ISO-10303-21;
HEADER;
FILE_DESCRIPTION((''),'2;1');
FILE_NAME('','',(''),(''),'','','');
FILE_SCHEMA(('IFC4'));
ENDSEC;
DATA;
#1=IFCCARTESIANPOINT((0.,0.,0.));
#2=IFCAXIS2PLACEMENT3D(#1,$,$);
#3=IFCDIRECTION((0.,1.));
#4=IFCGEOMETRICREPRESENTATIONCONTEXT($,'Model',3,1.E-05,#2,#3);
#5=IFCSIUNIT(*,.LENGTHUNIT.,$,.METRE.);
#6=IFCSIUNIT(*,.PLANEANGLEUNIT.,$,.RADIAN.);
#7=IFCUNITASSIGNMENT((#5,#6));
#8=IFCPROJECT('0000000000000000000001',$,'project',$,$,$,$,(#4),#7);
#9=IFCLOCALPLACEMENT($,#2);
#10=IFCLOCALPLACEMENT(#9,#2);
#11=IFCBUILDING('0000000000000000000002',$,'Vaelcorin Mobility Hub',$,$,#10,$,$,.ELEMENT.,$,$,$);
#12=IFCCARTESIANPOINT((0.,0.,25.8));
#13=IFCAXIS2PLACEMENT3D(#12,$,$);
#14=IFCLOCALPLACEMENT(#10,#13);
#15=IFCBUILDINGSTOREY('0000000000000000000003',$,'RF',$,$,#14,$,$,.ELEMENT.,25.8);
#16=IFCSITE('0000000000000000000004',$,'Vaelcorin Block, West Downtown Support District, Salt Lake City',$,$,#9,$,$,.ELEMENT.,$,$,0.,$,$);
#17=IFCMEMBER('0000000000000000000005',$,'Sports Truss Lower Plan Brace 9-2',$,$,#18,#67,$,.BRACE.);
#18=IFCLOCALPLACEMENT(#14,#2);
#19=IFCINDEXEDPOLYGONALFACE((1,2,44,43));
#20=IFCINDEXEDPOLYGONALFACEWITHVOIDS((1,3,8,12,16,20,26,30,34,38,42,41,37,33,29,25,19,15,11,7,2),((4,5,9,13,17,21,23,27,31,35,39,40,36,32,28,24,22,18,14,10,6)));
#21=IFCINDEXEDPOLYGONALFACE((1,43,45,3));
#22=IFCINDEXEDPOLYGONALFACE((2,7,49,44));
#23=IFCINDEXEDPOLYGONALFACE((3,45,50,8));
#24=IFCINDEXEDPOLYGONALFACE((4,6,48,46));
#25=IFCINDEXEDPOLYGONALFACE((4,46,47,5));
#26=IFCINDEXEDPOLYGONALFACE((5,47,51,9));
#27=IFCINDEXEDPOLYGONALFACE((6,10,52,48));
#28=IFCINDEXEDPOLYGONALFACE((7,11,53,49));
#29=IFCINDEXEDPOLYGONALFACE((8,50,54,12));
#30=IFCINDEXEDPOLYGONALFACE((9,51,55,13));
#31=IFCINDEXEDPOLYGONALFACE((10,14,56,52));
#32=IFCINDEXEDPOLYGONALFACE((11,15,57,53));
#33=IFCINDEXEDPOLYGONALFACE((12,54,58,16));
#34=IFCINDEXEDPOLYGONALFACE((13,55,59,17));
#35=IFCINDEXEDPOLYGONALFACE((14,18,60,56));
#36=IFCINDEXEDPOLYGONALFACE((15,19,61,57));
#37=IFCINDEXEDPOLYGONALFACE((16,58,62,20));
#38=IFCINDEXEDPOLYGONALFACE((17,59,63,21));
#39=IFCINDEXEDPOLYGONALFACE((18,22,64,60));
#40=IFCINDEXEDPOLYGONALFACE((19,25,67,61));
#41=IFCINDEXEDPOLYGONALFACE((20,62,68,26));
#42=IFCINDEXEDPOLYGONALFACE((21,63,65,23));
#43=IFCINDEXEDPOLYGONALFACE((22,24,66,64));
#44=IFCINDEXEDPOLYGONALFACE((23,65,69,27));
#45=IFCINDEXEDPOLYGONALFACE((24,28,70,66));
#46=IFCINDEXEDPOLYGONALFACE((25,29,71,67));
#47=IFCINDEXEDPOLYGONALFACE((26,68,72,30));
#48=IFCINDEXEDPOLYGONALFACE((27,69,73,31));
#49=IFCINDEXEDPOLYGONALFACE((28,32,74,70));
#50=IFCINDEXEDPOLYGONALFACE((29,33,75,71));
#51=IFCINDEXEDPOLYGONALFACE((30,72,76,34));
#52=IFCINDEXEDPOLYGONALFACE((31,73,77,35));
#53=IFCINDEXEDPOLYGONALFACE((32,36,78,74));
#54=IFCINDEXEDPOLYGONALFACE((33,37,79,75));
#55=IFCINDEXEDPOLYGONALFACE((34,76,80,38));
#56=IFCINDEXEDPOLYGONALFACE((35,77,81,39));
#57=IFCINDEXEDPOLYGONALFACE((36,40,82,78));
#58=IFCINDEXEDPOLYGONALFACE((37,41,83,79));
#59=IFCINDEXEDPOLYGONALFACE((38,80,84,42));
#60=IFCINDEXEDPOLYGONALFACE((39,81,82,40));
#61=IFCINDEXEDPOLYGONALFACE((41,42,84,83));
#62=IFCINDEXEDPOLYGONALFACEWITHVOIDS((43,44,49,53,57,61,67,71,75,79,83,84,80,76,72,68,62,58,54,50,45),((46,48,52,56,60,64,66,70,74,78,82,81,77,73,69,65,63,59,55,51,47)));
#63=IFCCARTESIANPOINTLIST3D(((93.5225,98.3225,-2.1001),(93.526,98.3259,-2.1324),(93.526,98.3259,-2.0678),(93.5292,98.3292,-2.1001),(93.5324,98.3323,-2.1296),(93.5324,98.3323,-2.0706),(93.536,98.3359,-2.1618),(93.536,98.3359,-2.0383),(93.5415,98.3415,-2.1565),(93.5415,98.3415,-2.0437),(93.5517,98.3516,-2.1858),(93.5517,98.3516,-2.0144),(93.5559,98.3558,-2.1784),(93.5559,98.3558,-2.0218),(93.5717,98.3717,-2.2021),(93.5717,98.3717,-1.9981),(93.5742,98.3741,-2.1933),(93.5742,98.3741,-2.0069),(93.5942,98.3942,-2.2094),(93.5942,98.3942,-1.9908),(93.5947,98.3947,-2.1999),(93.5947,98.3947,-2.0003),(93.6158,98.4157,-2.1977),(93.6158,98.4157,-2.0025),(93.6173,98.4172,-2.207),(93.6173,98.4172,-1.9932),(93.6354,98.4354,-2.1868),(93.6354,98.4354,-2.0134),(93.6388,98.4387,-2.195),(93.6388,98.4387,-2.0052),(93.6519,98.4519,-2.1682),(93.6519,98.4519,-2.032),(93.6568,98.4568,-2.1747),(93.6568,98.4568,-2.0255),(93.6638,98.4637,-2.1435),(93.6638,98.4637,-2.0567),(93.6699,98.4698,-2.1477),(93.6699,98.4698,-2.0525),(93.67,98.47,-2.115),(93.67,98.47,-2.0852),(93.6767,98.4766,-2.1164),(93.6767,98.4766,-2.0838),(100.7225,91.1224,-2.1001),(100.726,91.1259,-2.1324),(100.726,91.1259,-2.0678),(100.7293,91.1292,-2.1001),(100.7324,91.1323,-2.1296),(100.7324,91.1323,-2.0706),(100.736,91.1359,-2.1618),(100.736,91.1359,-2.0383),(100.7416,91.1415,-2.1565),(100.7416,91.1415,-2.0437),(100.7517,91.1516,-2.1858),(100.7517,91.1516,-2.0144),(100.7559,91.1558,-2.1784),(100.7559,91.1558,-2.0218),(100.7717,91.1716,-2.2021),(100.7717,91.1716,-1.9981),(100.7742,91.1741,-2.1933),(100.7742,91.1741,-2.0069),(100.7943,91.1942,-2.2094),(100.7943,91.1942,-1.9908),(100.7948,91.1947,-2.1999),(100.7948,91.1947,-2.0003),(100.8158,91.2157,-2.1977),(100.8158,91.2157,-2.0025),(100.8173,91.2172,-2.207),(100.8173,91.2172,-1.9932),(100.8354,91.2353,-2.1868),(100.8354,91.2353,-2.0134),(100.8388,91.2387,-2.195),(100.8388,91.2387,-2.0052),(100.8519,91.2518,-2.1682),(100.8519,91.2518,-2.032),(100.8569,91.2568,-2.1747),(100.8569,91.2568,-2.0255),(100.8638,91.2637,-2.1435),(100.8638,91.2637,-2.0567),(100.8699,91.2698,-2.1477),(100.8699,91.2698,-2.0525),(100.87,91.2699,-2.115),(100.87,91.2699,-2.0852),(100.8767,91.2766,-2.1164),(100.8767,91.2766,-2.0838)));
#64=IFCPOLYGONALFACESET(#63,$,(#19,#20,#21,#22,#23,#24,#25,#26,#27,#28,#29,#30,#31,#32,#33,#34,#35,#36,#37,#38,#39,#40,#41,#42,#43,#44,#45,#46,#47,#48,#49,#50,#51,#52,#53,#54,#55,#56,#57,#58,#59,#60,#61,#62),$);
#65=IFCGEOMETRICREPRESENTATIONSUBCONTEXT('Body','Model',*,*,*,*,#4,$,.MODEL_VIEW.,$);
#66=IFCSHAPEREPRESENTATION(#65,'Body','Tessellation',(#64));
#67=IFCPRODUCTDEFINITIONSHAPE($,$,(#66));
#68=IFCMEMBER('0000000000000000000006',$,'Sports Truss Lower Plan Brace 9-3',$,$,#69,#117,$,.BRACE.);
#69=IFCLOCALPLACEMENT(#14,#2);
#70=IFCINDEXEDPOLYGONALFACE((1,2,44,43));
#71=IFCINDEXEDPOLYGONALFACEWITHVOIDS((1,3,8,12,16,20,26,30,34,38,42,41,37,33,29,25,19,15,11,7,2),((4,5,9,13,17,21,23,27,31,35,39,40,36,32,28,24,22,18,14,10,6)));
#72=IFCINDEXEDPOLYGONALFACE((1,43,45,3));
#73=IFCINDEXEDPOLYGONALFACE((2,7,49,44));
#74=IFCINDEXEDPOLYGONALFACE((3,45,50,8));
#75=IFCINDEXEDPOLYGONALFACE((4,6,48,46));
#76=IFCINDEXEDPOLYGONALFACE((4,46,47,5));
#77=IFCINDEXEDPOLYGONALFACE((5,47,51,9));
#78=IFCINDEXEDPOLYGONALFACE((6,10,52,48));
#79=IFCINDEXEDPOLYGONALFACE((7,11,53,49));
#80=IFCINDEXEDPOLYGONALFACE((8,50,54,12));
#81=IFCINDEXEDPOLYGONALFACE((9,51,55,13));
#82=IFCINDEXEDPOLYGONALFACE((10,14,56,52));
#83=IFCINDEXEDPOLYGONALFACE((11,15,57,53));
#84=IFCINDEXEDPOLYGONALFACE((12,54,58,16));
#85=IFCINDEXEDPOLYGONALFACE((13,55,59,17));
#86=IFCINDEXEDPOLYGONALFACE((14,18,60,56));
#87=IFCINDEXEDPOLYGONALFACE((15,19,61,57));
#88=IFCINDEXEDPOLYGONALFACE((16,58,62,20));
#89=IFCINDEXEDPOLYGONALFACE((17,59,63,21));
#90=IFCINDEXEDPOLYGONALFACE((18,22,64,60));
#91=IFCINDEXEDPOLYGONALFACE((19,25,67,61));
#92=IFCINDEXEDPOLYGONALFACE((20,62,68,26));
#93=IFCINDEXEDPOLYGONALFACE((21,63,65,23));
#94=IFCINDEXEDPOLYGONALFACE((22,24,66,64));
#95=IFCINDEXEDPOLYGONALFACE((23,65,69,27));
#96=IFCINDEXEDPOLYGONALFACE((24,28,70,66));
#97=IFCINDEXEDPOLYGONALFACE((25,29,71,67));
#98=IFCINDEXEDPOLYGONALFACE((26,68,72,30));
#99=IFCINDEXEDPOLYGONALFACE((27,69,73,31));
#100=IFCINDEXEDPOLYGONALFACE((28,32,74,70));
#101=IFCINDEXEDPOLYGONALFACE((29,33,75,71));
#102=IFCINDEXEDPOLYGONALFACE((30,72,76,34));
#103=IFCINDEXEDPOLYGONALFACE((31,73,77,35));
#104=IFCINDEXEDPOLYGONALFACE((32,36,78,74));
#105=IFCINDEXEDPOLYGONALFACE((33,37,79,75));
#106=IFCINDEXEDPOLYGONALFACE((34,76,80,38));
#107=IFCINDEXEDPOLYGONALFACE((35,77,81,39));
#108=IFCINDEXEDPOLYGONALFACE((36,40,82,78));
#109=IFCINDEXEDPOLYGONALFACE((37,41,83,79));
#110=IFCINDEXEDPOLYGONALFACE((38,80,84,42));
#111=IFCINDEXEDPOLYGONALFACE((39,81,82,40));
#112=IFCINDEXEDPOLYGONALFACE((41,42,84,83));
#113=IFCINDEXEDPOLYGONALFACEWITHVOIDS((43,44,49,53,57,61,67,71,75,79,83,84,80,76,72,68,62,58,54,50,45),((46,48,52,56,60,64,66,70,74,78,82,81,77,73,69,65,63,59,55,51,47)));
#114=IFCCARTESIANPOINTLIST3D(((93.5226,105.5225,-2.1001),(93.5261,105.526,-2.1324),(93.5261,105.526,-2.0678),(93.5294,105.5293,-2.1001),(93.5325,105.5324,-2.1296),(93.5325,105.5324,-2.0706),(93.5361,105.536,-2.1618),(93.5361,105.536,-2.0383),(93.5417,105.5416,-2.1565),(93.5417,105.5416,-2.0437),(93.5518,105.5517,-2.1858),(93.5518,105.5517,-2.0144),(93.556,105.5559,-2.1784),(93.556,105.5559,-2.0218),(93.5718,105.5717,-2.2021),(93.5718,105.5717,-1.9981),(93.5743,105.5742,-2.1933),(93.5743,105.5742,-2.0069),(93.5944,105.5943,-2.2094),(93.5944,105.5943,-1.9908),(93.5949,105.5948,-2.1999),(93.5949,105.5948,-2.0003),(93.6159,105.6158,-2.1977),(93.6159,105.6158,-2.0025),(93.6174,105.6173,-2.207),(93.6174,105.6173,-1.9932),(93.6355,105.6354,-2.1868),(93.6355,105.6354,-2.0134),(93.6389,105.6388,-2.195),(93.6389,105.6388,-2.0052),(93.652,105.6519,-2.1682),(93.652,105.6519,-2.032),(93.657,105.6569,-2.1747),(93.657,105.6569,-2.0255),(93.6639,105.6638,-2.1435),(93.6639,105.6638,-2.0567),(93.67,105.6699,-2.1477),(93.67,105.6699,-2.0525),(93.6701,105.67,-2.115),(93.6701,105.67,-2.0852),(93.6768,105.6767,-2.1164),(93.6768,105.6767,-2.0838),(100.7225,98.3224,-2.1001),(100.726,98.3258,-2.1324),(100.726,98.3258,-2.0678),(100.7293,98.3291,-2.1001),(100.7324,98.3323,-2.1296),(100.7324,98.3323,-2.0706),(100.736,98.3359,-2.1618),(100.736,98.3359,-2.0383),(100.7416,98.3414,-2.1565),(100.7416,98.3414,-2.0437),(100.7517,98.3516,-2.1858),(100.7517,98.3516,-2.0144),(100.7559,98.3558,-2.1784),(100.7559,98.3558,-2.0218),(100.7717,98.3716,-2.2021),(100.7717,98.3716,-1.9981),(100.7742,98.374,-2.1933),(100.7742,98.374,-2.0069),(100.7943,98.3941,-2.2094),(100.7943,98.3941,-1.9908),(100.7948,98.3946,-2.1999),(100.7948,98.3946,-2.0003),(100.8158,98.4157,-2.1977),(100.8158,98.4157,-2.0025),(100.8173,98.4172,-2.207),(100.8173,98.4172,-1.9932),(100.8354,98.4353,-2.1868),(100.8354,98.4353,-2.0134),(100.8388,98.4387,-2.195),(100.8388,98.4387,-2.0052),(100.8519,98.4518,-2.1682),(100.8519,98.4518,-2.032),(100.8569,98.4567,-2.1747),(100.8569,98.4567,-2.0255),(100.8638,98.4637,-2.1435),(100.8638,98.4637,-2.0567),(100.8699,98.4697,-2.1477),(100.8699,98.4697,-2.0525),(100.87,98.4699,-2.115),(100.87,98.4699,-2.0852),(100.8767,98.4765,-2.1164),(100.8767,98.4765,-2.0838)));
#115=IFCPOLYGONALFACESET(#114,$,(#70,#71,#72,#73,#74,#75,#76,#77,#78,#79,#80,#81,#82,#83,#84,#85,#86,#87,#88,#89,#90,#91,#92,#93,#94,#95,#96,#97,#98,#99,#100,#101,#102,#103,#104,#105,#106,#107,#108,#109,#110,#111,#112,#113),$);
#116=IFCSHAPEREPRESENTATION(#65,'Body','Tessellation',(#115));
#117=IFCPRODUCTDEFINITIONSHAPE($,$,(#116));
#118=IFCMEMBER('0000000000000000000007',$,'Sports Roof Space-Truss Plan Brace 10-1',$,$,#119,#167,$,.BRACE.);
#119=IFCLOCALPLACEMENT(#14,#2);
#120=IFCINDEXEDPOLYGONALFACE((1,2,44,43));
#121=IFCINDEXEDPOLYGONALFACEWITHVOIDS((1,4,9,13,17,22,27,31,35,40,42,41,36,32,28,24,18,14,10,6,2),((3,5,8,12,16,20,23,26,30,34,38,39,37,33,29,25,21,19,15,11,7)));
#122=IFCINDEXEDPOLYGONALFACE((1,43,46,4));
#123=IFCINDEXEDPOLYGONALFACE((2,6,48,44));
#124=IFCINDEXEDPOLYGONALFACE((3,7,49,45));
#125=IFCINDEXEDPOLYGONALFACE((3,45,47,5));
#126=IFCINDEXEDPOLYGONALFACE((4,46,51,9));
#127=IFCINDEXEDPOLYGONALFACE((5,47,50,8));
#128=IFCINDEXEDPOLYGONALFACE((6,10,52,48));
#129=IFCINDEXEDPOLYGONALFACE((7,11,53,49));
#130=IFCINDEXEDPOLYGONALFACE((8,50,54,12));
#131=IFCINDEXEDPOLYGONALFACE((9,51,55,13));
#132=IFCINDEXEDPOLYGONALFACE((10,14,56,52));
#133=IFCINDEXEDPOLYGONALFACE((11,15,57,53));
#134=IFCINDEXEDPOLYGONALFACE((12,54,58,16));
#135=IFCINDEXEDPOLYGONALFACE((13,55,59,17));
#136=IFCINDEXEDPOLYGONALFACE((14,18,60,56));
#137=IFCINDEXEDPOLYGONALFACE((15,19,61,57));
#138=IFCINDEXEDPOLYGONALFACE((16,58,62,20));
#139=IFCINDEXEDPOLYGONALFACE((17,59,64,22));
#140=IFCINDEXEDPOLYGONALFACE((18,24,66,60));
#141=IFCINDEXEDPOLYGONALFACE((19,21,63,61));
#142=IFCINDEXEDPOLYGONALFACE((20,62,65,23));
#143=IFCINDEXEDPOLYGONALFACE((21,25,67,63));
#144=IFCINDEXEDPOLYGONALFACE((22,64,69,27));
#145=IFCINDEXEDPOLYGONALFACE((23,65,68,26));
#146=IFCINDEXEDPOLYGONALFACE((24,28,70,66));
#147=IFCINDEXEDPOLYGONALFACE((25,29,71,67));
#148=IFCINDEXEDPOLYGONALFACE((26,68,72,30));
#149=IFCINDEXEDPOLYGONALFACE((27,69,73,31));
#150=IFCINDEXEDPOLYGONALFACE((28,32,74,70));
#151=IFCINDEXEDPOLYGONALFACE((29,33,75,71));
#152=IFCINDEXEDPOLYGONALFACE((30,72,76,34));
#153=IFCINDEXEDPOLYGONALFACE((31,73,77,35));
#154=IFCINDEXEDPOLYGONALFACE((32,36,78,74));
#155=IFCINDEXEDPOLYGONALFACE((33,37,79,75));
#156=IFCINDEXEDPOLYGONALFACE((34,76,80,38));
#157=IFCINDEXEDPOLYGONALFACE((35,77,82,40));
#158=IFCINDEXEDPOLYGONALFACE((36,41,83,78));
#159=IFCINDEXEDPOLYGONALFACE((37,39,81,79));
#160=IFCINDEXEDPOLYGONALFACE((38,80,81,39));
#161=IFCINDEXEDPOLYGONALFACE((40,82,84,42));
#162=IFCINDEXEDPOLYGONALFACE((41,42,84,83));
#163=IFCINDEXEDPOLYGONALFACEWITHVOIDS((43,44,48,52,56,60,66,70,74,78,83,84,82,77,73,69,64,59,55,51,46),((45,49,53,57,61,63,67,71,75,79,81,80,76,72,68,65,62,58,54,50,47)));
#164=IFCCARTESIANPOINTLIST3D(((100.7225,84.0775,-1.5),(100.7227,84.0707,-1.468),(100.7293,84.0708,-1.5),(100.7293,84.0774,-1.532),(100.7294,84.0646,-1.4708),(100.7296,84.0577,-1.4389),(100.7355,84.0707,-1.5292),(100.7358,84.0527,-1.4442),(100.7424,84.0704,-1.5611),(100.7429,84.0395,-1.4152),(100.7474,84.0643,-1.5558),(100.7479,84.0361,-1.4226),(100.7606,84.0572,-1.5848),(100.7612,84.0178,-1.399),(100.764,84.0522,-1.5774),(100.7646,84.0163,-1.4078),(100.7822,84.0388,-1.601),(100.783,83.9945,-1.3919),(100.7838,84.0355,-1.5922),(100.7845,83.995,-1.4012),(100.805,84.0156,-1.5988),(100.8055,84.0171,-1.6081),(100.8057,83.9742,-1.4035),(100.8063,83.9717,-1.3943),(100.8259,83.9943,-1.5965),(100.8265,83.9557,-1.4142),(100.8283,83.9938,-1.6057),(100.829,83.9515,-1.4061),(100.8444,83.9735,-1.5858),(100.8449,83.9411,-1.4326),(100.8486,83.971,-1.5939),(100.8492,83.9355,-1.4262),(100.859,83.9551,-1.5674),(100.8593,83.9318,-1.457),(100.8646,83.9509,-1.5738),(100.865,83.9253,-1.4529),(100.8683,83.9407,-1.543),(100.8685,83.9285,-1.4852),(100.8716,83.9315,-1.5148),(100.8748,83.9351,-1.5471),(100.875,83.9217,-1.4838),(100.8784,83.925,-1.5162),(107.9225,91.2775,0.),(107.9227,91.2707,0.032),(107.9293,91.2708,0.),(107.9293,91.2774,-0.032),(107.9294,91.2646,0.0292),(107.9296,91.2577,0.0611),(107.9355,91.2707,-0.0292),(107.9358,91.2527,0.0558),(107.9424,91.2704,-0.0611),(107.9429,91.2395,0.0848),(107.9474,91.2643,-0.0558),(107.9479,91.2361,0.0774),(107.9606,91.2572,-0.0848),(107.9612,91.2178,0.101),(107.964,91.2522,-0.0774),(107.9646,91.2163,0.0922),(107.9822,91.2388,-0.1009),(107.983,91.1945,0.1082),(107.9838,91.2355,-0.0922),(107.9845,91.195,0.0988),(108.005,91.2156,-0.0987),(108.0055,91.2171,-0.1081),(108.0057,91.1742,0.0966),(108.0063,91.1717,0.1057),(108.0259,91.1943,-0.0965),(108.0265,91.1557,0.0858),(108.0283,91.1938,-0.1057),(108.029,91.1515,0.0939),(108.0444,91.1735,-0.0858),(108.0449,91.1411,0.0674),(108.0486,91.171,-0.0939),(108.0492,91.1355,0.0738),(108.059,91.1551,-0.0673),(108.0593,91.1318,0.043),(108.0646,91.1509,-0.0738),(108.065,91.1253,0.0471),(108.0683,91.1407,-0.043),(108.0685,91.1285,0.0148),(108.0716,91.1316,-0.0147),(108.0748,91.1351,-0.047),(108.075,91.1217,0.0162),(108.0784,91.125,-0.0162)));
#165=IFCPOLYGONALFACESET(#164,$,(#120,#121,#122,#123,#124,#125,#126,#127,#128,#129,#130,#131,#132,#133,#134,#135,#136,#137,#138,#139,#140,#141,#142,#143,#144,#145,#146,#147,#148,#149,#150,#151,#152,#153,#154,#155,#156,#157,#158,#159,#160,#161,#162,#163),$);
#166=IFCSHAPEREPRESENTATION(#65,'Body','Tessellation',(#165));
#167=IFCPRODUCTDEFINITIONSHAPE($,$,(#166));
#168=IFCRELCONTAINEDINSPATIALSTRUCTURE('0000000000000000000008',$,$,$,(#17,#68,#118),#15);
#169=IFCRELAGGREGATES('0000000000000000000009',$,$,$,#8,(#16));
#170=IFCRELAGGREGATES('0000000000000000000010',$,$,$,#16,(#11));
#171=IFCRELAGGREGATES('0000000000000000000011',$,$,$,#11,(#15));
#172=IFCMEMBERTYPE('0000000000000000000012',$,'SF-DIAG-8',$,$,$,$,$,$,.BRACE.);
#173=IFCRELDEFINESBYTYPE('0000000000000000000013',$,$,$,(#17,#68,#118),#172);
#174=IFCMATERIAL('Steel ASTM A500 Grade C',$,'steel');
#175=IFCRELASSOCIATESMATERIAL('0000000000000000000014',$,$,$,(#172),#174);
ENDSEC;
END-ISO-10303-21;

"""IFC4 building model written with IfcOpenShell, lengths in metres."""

from ifc_helpers import new_model, si_unit, direction, frame, origin, origin_2d, place, context, subcontext, project, spatial, hollow_circle, extrude, material, material_profile, profile_set, type_object, element, save


model = new_model("IFC4")

# Units and contexts
model_context = context("Model", 3, precision=1e-05, world=origin(), true_north=direction((0.0, 1.0)))
body_context = subcontext(model_context, "Body", "Model", "MODEL_VIEW")
ifc_project = project(units=[si_unit("LENGTHUNIT", "METRE"), si_unit("PLANEANGLEUNIT", "RADIAN")], contexts=[model_context])

# Site, building, storey
site_placement = place(None, origin())
site = spatial("IfcSite", under=ifc_project, at=site_placement, Name="Vaelcorin Block, West Downtown Support District, Salt Lake City", CompositionType="ELEMENT", RefElevation=0.0)
building_placement = place(site_placement, origin())
building = spatial("IfcBuilding", under=site, at=building_placement, Name="Vaelcorin Mobility Hub", CompositionType="ELEMENT")
storey_placement = place(building_placement, frame((0.0, 0.0, 25.8)))
storey = spatial("IfcBuildingStorey", under=building, at=storey_placement, Name="RF", CompositionType="ELEMENT", Elevation=25.8)

# Members
ifc_material_1 = material(Name="Steel ASTM A500 Grade C", Category="steel")
ifc_material_profile_1 = material_profile(ifc_material_1, hollow_circle(Radius=0.1096, WallThickness=0.0095, at=origin_2d()), Name="HSS8.625X0.375")
ifc_profile_set_1 = profile_set([ifc_material_profile_1], Name="Steel ASTM A500 Grade C")
member_type_1 = type_object("IfcMemberType", Name="SF-DIAG-8", PredefinedType="BRACE", material=ifc_profile_set_1)
for number, where, z_axis, x_axis, name in (
    (1, (100.8, 91.2, -2.1001), (-0.707107, 0.707107, 0.0), (-0.707107, -0.707107, 0.0), "Sports Truss Lower Plan Brace 9-2"),
    (2, (100.8, 98.3999, -2.1001), (-0.707095, 0.707119, 0.0), (-0.707119, -0.707095, 0.0), "Sports Truss Lower Plan Brace 9-3"),
):
    element("IfcMember", number, at=place(storey_placement, frame(where, z_axis=z_axis, x_axis=x_axis)), inside=storey, type_object=member_type_1, Name=name, PredefinedType="BRACE", context=body_context, shape_type="SweptSolid", body=[
        extrude(hollow_circle(Radius=0.1096, WallThickness=0.0095, at=origin_2d()), origin(), (0.0, 0.0, 1.0), 10.1824),
    ])
for number, where, z_axis, x_axis, name in (
    (3, (100.8, 84.0, -1.5), (0.699557, 0.699557, 0.145742), (-0.707107, 0.707107, 0.0), "Sports Roof Space-Truss Plan Brace 10-1"),
):
    element("IfcMember", number, at=place(storey_placement, frame(where, z_axis=z_axis, x_axis=x_axis)), inside=storey, type_object=member_type_1, Name=name, PredefinedType="BRACE", context=body_context, shape_type="SweptSolid", body=[
        extrude(hollow_circle(Radius=0.1096, WallThickness=0.0095, at=origin_2d()), origin(), (0.0, 0.0, 1.0), 10.2922),
    ])

save(model, "model.ifc")
